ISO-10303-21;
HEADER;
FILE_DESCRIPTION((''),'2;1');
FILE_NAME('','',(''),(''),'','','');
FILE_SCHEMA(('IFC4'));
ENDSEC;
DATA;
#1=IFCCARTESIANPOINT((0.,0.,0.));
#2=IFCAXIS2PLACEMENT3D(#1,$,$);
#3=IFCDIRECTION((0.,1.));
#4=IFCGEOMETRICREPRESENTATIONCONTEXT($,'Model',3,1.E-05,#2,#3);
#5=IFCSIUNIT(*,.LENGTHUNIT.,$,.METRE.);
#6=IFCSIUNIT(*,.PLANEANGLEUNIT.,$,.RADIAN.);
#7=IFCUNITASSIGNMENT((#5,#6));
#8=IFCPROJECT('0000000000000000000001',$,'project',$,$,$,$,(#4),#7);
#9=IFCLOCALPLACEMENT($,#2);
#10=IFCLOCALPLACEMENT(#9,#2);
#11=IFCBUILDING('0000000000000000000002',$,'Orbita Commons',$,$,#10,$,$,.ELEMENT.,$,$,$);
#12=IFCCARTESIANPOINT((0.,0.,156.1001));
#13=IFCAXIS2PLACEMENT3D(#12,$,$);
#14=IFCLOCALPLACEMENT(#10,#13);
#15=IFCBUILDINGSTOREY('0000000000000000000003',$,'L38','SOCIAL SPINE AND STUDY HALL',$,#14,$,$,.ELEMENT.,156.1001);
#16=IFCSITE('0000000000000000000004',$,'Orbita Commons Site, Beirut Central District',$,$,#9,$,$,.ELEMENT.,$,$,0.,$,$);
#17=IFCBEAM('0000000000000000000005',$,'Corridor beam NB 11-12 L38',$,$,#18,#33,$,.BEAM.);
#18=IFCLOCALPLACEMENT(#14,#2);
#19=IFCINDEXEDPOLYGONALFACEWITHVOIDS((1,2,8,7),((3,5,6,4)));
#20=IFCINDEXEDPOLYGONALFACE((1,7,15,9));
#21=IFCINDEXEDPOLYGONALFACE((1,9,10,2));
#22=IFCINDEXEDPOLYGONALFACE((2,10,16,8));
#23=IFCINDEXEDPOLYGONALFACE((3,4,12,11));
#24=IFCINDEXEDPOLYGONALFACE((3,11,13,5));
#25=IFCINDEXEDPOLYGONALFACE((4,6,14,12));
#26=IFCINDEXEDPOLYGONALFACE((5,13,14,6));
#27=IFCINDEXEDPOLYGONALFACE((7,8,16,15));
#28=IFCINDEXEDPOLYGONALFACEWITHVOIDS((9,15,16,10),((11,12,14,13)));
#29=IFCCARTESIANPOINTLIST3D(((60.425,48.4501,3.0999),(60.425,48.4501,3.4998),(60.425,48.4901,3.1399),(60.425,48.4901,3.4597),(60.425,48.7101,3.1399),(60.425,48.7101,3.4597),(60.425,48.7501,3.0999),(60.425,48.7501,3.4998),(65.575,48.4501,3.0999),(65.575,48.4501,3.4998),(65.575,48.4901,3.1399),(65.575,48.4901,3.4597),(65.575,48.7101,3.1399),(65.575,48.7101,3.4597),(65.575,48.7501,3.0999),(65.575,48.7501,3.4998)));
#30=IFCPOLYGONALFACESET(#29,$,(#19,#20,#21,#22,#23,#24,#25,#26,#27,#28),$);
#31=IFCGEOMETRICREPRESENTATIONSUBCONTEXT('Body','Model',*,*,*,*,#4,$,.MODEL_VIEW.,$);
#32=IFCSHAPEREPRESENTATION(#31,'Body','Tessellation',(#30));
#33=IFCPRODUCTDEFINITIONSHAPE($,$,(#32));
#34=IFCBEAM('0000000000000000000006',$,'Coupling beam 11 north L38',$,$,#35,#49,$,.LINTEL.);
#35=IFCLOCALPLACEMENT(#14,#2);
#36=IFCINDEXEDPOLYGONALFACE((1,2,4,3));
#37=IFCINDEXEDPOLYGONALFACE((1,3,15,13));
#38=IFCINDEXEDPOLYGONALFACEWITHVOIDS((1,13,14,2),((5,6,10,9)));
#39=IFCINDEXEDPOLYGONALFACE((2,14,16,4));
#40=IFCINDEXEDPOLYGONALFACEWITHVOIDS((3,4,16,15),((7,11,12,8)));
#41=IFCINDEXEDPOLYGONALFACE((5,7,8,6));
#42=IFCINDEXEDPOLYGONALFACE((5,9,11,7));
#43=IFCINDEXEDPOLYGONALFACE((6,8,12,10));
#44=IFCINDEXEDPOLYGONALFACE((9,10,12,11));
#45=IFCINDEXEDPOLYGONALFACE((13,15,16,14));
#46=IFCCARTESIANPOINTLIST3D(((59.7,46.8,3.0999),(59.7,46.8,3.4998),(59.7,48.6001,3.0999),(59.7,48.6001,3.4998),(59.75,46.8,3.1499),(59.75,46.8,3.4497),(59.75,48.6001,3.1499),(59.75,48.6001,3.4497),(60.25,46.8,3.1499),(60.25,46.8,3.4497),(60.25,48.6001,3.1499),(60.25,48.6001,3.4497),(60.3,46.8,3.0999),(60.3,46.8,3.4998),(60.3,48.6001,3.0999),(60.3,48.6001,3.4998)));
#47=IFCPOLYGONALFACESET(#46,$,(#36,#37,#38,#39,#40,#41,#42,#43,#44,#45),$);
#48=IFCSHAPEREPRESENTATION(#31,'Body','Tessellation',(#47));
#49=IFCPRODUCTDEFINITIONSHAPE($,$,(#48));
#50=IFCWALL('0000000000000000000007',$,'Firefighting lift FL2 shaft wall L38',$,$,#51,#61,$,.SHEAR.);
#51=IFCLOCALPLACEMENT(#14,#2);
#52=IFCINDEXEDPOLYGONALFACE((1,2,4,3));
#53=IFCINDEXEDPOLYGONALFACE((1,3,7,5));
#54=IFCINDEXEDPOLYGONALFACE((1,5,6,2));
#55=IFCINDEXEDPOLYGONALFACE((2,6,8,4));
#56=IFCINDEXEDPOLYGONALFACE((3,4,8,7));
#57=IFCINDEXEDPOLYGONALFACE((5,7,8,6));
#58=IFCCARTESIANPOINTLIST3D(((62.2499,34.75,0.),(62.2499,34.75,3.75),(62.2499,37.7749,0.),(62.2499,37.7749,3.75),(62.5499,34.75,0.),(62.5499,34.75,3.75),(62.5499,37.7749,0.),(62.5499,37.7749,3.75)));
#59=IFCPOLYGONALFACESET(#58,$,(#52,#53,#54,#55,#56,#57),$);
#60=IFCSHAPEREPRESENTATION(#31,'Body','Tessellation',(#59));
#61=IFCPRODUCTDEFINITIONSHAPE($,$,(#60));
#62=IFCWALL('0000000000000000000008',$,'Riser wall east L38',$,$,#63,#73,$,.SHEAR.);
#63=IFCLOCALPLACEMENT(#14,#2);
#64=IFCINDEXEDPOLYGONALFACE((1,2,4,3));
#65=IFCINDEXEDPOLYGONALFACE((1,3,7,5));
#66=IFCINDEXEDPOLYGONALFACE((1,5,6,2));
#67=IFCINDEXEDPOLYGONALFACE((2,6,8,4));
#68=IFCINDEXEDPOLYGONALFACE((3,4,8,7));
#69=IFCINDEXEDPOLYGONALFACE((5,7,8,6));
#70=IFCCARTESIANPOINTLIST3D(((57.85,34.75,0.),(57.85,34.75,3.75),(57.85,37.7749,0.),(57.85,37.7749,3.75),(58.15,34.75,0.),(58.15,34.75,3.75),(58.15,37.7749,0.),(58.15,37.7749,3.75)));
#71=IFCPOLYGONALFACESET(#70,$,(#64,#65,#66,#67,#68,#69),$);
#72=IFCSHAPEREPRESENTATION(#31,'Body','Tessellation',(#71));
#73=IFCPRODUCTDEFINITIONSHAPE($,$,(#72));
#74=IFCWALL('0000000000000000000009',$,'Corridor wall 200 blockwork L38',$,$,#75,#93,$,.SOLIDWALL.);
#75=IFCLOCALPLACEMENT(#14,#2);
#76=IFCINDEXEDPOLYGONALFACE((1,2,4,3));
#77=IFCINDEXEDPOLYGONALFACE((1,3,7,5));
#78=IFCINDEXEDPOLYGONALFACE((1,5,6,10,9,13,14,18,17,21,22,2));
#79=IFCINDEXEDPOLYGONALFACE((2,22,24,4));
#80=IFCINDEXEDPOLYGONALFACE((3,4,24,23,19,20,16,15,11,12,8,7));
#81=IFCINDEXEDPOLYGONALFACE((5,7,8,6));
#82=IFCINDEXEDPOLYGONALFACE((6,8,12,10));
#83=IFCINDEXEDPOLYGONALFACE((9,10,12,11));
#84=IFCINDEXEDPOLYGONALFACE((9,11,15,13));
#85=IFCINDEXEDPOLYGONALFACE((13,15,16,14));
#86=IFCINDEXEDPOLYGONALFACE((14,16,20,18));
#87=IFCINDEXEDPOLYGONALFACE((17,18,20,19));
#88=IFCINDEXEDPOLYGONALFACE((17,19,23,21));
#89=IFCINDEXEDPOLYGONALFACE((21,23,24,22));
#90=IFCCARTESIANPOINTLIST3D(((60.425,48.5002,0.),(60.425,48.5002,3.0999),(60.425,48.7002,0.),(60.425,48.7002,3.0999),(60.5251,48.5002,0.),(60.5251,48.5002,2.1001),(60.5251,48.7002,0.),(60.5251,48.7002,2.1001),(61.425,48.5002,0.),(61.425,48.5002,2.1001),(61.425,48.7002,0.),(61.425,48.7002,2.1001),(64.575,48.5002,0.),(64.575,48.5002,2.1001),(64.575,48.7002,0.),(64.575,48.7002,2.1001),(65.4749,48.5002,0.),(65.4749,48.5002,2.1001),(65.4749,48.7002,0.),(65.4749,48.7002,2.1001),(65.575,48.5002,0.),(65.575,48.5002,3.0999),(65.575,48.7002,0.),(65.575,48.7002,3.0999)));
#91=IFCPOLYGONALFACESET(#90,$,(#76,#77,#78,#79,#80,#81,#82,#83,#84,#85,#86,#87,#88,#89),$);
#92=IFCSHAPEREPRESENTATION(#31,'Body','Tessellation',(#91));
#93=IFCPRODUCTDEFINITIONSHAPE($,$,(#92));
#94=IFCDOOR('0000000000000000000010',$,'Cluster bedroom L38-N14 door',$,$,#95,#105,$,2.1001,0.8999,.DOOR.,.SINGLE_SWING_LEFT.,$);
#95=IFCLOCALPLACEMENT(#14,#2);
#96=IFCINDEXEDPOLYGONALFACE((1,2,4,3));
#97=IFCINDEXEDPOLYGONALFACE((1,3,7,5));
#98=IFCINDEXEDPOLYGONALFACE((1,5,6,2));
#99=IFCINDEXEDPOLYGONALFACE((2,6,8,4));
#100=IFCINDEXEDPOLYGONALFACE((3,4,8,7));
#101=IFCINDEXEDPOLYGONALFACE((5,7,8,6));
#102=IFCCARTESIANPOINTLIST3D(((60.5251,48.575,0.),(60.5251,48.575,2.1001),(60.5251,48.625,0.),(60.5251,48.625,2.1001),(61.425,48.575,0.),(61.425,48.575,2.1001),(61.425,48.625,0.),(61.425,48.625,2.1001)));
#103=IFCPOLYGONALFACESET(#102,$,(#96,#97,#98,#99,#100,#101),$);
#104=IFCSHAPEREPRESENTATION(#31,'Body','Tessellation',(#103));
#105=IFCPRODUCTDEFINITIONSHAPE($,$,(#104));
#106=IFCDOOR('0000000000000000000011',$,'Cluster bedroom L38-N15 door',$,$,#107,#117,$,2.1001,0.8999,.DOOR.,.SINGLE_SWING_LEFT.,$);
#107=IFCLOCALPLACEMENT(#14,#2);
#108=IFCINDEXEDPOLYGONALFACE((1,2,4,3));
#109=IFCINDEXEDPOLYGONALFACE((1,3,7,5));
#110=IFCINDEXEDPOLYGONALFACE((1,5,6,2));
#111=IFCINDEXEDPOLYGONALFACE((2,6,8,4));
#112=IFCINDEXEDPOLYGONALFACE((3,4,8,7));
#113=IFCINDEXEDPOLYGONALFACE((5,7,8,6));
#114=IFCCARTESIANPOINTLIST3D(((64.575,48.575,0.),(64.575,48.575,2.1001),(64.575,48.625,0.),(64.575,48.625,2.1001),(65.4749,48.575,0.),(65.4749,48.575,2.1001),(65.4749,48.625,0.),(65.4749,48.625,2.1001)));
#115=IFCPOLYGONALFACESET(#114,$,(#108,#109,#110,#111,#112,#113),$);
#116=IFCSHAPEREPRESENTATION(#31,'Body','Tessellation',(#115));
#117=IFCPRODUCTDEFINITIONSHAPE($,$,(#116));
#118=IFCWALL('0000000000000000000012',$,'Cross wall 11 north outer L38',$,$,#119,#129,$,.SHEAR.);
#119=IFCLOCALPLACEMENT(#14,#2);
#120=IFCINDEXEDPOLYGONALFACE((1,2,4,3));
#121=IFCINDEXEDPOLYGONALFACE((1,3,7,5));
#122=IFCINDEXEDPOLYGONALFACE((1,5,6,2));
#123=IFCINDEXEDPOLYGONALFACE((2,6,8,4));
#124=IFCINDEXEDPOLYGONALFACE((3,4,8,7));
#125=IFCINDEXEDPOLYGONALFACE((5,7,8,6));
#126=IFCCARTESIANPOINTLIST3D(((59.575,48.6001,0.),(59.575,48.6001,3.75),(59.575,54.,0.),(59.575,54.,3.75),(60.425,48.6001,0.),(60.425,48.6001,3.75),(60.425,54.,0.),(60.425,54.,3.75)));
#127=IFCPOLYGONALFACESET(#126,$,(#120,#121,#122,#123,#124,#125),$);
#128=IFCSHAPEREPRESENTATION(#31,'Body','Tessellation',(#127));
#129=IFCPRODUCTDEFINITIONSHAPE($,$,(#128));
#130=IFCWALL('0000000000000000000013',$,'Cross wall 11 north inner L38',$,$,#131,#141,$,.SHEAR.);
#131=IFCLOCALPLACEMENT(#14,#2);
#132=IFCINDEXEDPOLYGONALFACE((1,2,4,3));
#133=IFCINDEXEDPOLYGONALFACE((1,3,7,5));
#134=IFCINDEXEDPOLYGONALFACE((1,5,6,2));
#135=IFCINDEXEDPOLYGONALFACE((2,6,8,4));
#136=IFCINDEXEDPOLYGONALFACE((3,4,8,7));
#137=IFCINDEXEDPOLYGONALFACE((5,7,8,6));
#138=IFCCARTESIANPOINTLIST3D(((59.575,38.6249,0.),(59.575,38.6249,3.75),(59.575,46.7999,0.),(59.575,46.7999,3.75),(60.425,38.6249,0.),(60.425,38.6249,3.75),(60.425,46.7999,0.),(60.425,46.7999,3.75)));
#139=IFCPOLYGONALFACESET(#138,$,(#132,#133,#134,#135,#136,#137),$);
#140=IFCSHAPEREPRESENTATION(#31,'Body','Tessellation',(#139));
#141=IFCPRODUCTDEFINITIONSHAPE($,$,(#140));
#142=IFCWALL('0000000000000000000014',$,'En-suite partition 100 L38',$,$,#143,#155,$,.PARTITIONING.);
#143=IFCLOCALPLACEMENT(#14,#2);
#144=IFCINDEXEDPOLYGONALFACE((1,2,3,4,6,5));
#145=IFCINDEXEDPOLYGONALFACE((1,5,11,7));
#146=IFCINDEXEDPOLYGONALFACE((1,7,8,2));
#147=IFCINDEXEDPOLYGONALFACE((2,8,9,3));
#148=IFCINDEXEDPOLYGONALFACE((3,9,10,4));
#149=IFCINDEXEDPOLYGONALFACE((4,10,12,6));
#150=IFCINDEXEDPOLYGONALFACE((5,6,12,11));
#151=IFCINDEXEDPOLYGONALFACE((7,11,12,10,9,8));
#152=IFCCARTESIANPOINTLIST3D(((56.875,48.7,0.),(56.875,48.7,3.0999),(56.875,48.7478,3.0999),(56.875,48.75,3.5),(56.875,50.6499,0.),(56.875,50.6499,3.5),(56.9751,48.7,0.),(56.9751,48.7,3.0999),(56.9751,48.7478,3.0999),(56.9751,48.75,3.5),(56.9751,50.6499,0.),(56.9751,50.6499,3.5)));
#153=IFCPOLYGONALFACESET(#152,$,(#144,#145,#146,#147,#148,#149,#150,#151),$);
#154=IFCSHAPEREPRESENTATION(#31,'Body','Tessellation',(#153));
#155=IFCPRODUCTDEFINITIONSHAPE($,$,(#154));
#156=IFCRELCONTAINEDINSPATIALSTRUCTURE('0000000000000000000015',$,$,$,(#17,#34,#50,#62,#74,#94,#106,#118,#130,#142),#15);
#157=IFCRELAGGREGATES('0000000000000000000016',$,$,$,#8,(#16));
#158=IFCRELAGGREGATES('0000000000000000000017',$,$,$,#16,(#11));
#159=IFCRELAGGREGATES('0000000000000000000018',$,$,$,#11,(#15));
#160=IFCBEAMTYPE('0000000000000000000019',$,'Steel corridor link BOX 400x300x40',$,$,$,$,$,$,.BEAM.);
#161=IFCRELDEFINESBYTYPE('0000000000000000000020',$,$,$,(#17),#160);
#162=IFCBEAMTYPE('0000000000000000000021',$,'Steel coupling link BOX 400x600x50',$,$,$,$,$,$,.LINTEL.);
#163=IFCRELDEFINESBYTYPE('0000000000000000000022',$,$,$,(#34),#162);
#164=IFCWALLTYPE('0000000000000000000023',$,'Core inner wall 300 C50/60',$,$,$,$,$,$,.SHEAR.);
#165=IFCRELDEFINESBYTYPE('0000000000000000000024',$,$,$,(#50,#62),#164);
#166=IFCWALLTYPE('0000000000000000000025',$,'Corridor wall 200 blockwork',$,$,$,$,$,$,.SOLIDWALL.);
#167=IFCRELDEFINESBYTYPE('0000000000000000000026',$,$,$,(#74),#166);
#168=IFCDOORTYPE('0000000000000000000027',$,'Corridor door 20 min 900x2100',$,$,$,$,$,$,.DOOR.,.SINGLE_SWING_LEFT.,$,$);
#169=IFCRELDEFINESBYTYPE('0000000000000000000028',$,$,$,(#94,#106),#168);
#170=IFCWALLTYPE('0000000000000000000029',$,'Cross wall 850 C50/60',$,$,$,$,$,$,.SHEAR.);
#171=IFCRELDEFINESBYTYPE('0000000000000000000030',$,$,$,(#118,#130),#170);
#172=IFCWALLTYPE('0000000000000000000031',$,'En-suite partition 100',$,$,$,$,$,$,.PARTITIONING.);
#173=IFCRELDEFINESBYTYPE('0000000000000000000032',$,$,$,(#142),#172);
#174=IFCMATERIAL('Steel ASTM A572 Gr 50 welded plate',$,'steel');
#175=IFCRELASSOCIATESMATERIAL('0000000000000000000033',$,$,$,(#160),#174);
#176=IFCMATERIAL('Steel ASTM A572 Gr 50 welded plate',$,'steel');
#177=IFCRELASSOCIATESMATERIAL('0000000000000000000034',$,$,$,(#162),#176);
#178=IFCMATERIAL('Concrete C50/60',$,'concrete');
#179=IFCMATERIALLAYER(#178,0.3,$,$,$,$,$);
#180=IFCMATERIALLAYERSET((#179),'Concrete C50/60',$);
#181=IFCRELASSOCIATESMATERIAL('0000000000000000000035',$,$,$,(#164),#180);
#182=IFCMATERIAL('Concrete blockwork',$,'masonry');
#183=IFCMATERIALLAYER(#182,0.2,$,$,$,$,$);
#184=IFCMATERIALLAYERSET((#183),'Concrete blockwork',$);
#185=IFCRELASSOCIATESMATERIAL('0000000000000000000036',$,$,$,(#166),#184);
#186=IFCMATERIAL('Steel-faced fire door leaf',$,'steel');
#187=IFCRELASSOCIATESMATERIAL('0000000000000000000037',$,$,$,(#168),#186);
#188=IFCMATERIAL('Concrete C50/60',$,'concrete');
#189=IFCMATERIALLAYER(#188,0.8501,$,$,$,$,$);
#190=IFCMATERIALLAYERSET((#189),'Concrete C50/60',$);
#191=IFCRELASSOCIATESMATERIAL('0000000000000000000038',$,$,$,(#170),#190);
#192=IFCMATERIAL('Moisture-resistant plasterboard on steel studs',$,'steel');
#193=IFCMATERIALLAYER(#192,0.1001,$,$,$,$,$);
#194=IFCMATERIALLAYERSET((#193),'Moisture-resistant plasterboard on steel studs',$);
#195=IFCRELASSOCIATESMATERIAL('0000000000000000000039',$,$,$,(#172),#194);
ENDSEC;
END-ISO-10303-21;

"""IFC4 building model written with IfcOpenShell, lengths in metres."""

from ifc_helpers import new_model, si_unit, direction, frame, frame_2d, origin, origin_2d, place, context, subcontext, project, spatial, polyline, rectangle, hollow_rectangle, outline, extrude, material, layer, layer_set, material_profile, profile_set, type_object, element, fill, save


model = new_model("IFC4")

# Units and contexts
model_context = context("Model", 3, precision=1e-05, world=origin(), true_north=direction((0.0, 1.0)))
body_context = subcontext(model_context, "Body", "Model", "MODEL_VIEW")
ifc_project = project(units=[si_unit("LENGTHUNIT", "METRE"), si_unit("PLANEANGLEUNIT", "RADIAN")], contexts=[model_context])

# Site, building, storey
site_placement = place(None, origin())
site = spatial("IfcSite", under=ifc_project, at=site_placement, Name="Orbita Commons Site, Beirut Central District", CompositionType="ELEMENT", RefElevation=0.0)
building_placement = place(site_placement, origin())
building = spatial("IfcBuilding", under=site, at=building_placement, Name="Orbita Commons", CompositionType="ELEMENT")
storey_placement = place(building_placement, frame((0.0, 0.0, 156.1001)))
storey = spatial("IfcBuildingStorey", under=building, at=storey_placement, Name="L38", Description="SOCIAL SPINE AND STUDY HALL", CompositionType="ELEMENT", Elevation=156.1001)

# Beams
ifc_material_1 = material(Name="Steel ASTM A572 Gr 50 welded plate", Category="steel")
ifc_material_profile_1 = material_profile(ifc_material_1, hollow_rectangle(XDim=0.3, YDim=0.3999, WallThickness=0.04, at=origin_2d()), Name="BOX 400x300x40")
ifc_profile_set_1 = profile_set([ifc_material_profile_1], Name="Steel ASTM A572 Gr 50 welded plate")
beam_type_1 = type_object("IfcBeamType", Name="Steel corridor link BOX 400x300x40", PredefinedType="BEAM", material=ifc_profile_set_1)
beam_1_placement = place(storey_placement, frame((60.425, 48.6001, 3.2998), z_axis=(1.0, 0.0, 0.0), x_axis=(0.0, 1.0, 0.0)))
element("IfcBeam", 1, at=beam_1_placement, inside=storey, type_object=beam_type_1, Name="Corridor beam NB 11-12 L38", PredefinedType="BEAM", context=body_context, shape_type="SweptSolid", body=[
    extrude(hollow_rectangle(XDim=0.3, YDim=0.3999, WallThickness=0.04, at=origin_2d()), origin(), (0.0, 0.0, 1.0), 5.1499),
])
ifc_material_2 = material(Name="Steel ASTM A572 Gr 50 welded plate", Category="steel")
ifc_material_profile_2 = material_profile(ifc_material_2, hollow_rectangle(XDim=0.6001, YDim=0.3999, WallThickness=0.05, at=origin_2d()), Name="BOX 400x600x50")
ifc_profile_set_2 = profile_set([ifc_material_profile_2], Name="Steel ASTM A572 Gr 50 welded plate")
beam_type_2 = type_object("IfcBeamType", Name="Steel coupling link BOX 400x600x50", PredefinedType="LINTEL", material=ifc_profile_set_2)
beam_2_placement = place(storey_placement, frame((60.0, 46.8, 3.2998), z_axis=(0.0, 1.0, 0.0), x_axis=(-1.0, 0.0, 0.0)))
element("IfcBeam", 2, at=beam_2_placement, inside=storey, type_object=beam_type_2, Name="Coupling beam 11 north L38", PredefinedType="LINTEL", context=body_context, shape_type="SweptSolid", body=[
    extrude(hollow_rectangle(XDim=0.6001, YDim=0.3999, WallThickness=0.05, at=origin_2d()), origin(), (0.0, 0.0, 1.0), 1.8),
])

# Walls
ifc_material_3 = material(Name="Concrete C50/60", Category="concrete")
ifc_layer_1 = layer(ifc_material_3, 0.3)
ifc_layer_set_1 = layer_set([ifc_layer_1], Name="Concrete C50/60")
wall_type_1 = type_object("IfcWallType", Name="Core inner wall 300 C50/60", PredefinedType="SHEAR", material=ifc_layer_set_1)
for number, where, z_axis, x_axis, name in (
    (3, (62.3999, 34.75, 0.0), (0.0, 0.0, 1.0), (0.0, 1.0, 0.0), "Firefighting lift FL2 shaft wall L38"),
    (4, (58.0, 34.75, 0.0), (0.0, 0.0, 1.0), (0.0, 1.0, 0.0), "Riser wall east L38"),
):
    element("IfcWall", number, at=place(storey_placement, frame(where, z_axis=z_axis, x_axis=x_axis)), inside=storey, type_object=wall_type_1, Name=name, PredefinedType="SHEAR", context=body_context, shape_type="SweptSolid", body=[
        extrude(rectangle(XDim=3.0249, YDim=0.3, at=frame_2d((1.5125, 0.0))), origin(), (0.0, 0.0, 1.0), 3.75),
    ])

# Wall, openings, doors
ifc_material_4 = material(Name="Concrete blockwork", Category="masonry")
ifc_layer_2 = layer(ifc_material_4, 0.2)
ifc_layer_set_2 = layer_set([ifc_layer_2], Name="Concrete blockwork")
wall_type_2 = type_object("IfcWallType", Name="Corridor wall 200 blockwork", PredefinedType="SOLIDWALL", material=ifc_layer_set_2)
wall_1_placement = place(storey_placement, frame((60.425, 48.6001, 0.0), z_axis=(0.0, 0.0, 1.0), x_axis=(1.0, 0.0, 0.0)))
wall_1 = element("IfcWall", 5, at=wall_1_placement, inside=storey, type_object=wall_type_2, Name="Corridor wall 200 blockwork L38", PredefinedType="SOLIDWALL", context=body_context, shape_type="SweptSolid", body=[
    extrude(outline(polyline([(0.0, 0.0), (5.1499, 0.0), (5.1499, 3.0999), (0.0, 3.0999), (0.0, 0.0)])), frame((0.0, 0.1001, 0.0), z_axis=(0.0, -1.0, 0.0), x_axis=(1.0, 0.0, 0.0)), (0.0, 0.0, 1.0), 0.2),
])
opening_1_placement = place(wall_1_placement, frame((0.1001, 0.0, 0.0)))
opening_1 = element("IfcOpeningElement", 6, at=opening_1_placement, cuts=wall_1, PredefinedType="OPENING", context=body_context, shape_type="SweptSolid", body=[
    extrude(rectangle(XDim=0.8999, YDim=2.1001, at=frame_2d((0.45, 1.05))), frame((0.0, 0.1099, 0.0), z_axis=(0.0, -1.0, 0.0), x_axis=(1.0, 0.0, 0.0)), (0.0, 0.0, 1.0), 0.22),
])
opening_2_placement = place(wall_1_placement, frame((4.1499, 0.0, 0.0)))
opening_2 = element("IfcOpeningElement", 7, at=opening_2_placement, cuts=wall_1, PredefinedType="OPENING", context=body_context, shape_type="SweptSolid", body=[
    extrude(rectangle(XDim=0.8999, YDim=2.1001, at=frame_2d((0.45, 1.05))), frame((0.0, 0.1099, 0.0), z_axis=(0.0, -1.0, 0.0), x_axis=(1.0, 0.0, 0.0)), (0.0, 0.0, 1.0), 0.22),
])
ifc_material_5 = material(Name="Steel-faced fire door leaf", Category="steel")
door_type_1 = type_object("IfcDoorType", Name="Corridor door 20 min 900x2100", OperationType="SINGLE_SWING_LEFT", PredefinedType="DOOR", material=ifc_material_5)
door_1_placement = place(opening_1_placement, origin())
door_1 = element("IfcDoor", 8, at=door_1_placement, inside=storey, type_object=door_type_1, Name="Cluster bedroom L38-N14 door", OperationType="SINGLE_SWING_LEFT", OverallHeight=2.1001, OverallWidth=0.8999, PredefinedType="DOOR", context=body_context, shape_type="SweptSolid", body=[
    extrude(rectangle(XDim=0.8999, YDim=2.1001, at=frame_2d((0.45, 1.05))), frame((0.0, 0.0249, 0.0), z_axis=(0.0, -1.0, 0.0), x_axis=(1.0, 0.0, 0.0)), (0.0, 0.0, 1.0), 0.05),
])
fill(opening_1, door_1)
door_2_placement = place(opening_2_placement, origin())
door_2 = element("IfcDoor", 9, at=door_2_placement, inside=storey, type_object=door_type_1, Name="Cluster bedroom L38-N15 door", OperationType="SINGLE_SWING_LEFT", OverallHeight=2.1001, OverallWidth=0.8999, PredefinedType="DOOR", context=body_context, shape_type="SweptSolid", body=[
    extrude(rectangle(XDim=0.8999, YDim=2.1001, at=frame_2d((0.45, 1.05))), frame((0.0, 0.0249, 0.0), z_axis=(0.0, -1.0, 0.0), x_axis=(1.0, 0.0, 0.0)), (0.0, 0.0, 1.0), 0.05),
])
fill(opening_2, door_2)

# Walls
ifc_material_6 = material(Name="Concrete C50/60", Category="concrete")
ifc_layer_3 = layer(ifc_material_6, 0.8501)
ifc_layer_set_3 = layer_set([ifc_layer_3], Name="Concrete C50/60")
wall_type_3 = type_object("IfcWallType", Name="Cross wall 850 C50/60", PredefinedType="SHEAR", material=ifc_layer_set_3)
wall_2_placement = place(storey_placement, frame((60.0, 48.6001, 0.0), z_axis=(0.0, 0.0, 1.0), x_axis=(0.0, 1.0, 0.0)))
element("IfcWall", 10, at=wall_2_placement, inside=storey, type_object=wall_type_3, Name="Cross wall 11 north outer L38", PredefinedType="SHEAR", context=body_context, shape_type="SweptSolid", body=[
    extrude(rectangle(XDim=5.3999, YDim=0.8501, at=frame_2d((2.7, 0.0))), origin(), (0.0, 0.0, 1.0), 3.75),
])
wall_3_placement = place(storey_placement, frame((60.0, 38.625, 0.0), z_axis=(0.0, 0.0, 1.0), x_axis=(0.0, 1.0, 0.0)))
element("IfcWall", 11, at=wall_3_placement, inside=storey, type_object=wall_type_3, Name="Cross wall 11 north inner L38", PredefinedType="SHEAR", context=body_context, shape_type="SweptSolid", body=[
    extrude(rectangle(XDim=8.175, YDim=0.8501, at=frame_2d((4.0874, 0.0))), origin(), (0.0, 0.0, 1.0), 3.75),
])
ifc_material_7 = material(Name="Moisture-resistant plasterboard on steel studs", Category="steel")
ifc_layer_4 = layer(ifc_material_7, 0.1001)
ifc_layer_set_4 = layer_set([ifc_layer_4], Name="Moisture-resistant plasterboard on steel studs")
wall_type_4 = type_object("IfcWallType", Name="En-suite partition 100", PredefinedType="PARTITIONING", material=ifc_layer_set_4)
wall_4_placement = place(storey_placement, frame((56.925, 50.6499, 0.0), z_axis=(0.0, 0.0, 1.0), x_axis=(0.0, -1.0, 0.0)))
element("IfcWall", 12, at=wall_4_placement, inside=storey, type_object=wall_type_4, Name="En-suite partition 100 L38", PredefinedType="PARTITIONING", context=body_context, shape_type="SweptSolid", body=[
    extrude(outline(polyline([(0.0, 0.0), (1.95, 0.0), (1.95, 3.0999), (1.9021, 3.0999), (1.8999, 3.5), (0.0, 3.5), (0.0, 0.0)])), frame((0.0, 0.05, 0.0), z_axis=(0.0, -1.0, 0.0), x_axis=(1.0, 0.0, 0.0)), (0.0, 0.0, 1.0), 0.1001),
])

save(model, "model.ifc")
